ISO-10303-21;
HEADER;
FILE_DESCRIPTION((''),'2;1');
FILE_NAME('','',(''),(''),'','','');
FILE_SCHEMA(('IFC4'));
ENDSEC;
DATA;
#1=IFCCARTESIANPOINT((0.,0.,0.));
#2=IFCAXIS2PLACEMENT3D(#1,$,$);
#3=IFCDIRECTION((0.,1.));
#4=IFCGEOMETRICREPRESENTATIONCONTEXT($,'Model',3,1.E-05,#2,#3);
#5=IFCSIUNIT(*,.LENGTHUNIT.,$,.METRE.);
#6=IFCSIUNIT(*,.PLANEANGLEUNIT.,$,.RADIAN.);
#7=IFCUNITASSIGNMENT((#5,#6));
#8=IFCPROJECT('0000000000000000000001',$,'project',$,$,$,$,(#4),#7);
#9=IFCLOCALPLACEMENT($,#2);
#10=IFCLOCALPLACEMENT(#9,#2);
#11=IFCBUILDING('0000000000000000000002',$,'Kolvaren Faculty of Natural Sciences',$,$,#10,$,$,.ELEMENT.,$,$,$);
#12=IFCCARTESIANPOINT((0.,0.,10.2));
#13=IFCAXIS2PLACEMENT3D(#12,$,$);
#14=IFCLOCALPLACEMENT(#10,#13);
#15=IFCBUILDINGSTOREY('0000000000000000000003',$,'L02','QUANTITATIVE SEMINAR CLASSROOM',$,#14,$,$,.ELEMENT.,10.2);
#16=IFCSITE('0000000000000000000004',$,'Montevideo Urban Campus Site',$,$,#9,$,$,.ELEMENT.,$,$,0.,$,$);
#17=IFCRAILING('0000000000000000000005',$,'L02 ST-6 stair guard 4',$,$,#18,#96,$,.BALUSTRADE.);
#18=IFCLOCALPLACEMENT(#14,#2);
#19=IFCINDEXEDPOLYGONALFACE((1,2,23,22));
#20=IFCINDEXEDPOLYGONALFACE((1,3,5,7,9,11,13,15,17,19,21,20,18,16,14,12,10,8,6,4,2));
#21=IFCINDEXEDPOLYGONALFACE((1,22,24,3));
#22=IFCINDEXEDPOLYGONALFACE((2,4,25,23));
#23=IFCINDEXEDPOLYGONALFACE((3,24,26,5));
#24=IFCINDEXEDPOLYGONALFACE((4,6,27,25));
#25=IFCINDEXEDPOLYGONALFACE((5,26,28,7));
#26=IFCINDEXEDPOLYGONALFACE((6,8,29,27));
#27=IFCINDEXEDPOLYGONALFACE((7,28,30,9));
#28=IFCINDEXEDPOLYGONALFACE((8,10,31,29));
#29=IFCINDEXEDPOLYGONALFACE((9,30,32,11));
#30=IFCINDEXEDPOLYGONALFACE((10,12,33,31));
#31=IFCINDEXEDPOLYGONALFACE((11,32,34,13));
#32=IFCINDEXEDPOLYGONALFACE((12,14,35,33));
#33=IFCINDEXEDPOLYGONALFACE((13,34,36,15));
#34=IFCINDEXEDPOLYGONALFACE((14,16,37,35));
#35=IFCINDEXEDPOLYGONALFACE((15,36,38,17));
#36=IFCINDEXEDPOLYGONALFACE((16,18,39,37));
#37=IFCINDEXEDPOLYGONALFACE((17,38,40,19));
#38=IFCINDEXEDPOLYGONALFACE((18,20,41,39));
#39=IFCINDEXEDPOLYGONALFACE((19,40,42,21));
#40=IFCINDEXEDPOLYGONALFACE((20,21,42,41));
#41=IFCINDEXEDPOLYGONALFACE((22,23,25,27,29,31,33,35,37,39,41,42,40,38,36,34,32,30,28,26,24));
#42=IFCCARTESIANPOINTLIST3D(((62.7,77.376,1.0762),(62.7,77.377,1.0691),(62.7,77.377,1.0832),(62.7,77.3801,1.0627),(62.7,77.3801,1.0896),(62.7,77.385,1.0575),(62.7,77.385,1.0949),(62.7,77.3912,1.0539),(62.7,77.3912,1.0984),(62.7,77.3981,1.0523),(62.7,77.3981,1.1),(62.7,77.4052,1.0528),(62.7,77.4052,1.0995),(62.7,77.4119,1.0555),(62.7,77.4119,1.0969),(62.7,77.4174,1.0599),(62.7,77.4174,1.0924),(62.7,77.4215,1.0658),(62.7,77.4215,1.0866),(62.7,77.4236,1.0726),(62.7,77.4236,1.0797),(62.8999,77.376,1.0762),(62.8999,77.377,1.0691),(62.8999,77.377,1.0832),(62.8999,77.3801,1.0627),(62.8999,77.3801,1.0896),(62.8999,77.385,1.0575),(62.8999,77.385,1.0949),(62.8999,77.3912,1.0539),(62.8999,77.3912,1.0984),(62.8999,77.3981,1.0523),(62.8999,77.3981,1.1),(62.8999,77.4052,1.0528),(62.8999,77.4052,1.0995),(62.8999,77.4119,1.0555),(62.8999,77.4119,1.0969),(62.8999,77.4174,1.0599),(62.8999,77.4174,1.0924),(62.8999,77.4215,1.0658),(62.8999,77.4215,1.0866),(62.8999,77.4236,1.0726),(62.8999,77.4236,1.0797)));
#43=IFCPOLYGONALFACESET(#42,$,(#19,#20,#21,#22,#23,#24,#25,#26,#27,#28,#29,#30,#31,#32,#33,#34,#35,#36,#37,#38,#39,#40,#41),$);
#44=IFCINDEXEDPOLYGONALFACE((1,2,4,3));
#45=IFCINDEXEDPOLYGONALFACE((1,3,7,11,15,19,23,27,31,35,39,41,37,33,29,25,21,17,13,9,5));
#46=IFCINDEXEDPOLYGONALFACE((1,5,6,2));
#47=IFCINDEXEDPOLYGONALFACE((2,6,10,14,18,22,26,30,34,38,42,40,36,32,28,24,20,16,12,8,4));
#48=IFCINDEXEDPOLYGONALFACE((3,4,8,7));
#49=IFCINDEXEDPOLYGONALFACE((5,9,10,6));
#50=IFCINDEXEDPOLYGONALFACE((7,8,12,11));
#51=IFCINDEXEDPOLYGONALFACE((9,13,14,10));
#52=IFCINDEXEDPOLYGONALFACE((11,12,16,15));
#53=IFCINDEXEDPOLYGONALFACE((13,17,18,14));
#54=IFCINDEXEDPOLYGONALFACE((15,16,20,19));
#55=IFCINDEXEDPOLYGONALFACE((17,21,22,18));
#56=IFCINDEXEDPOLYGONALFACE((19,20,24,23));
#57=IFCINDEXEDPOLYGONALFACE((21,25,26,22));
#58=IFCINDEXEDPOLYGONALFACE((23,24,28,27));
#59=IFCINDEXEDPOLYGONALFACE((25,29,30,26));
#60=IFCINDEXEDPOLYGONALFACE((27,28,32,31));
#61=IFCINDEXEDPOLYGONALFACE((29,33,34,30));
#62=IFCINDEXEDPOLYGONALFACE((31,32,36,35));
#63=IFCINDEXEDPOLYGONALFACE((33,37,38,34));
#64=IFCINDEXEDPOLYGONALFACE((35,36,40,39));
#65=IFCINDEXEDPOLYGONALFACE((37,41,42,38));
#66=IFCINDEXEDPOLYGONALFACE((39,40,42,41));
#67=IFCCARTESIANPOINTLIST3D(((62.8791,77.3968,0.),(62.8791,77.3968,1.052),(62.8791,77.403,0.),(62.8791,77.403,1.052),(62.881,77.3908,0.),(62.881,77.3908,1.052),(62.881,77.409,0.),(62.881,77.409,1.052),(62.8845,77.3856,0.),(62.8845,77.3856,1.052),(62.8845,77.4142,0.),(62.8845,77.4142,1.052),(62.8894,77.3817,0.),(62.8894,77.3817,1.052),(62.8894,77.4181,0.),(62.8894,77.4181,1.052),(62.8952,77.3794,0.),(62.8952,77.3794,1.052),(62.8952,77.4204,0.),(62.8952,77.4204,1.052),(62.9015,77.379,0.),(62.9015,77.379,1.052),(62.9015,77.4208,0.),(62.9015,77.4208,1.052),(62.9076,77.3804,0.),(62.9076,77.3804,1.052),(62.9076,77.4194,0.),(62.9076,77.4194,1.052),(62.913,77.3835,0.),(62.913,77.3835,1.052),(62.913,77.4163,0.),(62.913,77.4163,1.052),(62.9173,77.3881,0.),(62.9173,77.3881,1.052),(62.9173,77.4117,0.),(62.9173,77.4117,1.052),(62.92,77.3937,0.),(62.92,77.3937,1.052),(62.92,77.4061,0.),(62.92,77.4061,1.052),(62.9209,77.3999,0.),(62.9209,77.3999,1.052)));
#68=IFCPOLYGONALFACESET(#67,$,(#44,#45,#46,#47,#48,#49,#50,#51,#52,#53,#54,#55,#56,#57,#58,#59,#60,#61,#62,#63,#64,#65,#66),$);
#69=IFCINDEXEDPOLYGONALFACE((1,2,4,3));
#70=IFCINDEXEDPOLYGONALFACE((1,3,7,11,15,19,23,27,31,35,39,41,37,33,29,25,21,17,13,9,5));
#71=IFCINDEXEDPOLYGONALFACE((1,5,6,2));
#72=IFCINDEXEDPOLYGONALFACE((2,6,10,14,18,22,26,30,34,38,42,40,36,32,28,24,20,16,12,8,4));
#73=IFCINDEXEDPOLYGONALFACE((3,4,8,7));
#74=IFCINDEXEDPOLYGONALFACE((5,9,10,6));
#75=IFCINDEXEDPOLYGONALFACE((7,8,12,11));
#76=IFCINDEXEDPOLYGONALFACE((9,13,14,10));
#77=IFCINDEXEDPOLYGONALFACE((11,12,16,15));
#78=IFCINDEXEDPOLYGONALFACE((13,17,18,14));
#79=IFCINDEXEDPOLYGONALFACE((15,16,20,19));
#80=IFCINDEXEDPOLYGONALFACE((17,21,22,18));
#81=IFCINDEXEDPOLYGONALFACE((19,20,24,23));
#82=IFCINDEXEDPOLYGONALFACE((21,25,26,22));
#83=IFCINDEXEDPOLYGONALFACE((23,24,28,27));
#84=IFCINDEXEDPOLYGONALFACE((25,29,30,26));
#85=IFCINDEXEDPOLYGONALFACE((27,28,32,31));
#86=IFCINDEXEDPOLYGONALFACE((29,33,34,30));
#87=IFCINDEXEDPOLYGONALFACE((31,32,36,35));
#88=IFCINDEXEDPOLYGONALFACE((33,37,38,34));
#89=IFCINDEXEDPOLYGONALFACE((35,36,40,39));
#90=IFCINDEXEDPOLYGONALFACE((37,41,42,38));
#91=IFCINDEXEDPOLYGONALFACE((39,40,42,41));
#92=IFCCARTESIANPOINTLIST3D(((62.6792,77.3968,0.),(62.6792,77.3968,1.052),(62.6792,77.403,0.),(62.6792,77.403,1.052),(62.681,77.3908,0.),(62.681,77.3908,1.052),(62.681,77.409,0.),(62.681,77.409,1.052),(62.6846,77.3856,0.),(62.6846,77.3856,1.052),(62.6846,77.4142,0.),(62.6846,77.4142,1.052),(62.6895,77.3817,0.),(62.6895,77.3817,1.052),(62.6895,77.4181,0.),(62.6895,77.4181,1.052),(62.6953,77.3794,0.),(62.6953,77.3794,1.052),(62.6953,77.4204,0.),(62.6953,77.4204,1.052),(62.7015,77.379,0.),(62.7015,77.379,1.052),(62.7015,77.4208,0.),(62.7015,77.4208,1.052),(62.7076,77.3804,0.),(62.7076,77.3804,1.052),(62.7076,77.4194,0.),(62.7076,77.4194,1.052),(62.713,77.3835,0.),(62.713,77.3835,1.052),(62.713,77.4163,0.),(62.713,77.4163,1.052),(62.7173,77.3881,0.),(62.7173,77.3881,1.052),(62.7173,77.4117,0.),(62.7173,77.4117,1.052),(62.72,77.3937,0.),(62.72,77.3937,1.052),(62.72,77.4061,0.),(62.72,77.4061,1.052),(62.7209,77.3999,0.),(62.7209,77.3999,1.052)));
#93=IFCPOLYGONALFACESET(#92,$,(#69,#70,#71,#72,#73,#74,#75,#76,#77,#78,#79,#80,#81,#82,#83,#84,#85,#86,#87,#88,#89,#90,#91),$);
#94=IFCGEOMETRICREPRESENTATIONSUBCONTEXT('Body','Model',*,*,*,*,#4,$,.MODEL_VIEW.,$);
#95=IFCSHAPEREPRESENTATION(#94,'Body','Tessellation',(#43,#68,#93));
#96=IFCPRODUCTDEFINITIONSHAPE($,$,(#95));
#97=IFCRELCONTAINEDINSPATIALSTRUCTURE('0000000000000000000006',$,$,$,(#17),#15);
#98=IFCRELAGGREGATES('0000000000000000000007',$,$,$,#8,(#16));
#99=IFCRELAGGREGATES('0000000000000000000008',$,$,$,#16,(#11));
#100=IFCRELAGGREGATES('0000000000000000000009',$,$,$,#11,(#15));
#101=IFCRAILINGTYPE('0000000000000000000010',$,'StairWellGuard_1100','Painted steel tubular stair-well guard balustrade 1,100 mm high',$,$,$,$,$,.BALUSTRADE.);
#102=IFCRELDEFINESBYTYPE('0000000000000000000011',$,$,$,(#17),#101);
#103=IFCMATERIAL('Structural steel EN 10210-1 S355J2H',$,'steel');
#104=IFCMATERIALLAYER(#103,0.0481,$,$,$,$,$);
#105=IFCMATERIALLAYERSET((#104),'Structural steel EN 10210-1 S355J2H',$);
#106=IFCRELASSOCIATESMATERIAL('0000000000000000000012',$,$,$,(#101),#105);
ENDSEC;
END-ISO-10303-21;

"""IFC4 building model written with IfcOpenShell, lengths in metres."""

from ifc_helpers import new_model, si_unit, direction, frame, origin, origin_2d, place, context, subcontext, project, spatial, circle, extrude, material, layer, layer_set, type_object, element, save


model = new_model("IFC4")

# Units and contexts
model_context = context("Model", 3, precision=1e-05, world=origin(), true_north=direction((0.0, 1.0)))
body_context = subcontext(model_context, "Body", "Model", "MODEL_VIEW")
ifc_project = project(units=[si_unit("LENGTHUNIT", "METRE"), si_unit("PLANEANGLEUNIT", "RADIAN")], contexts=[model_context])

# Site, building, storey
site_placement = place(None, origin())
site = spatial("IfcSite", under=ifc_project, at=site_placement, Name="Montevideo Urban Campus Site", CompositionType="ELEMENT", RefElevation=0.0)
building_placement = place(site_placement, origin())
building = spatial("IfcBuilding", under=site, at=building_placement, Name="Kolvaren Faculty of Natural Sciences", CompositionType="ELEMENT")
storey_placement = place(building_placement, frame((0.0, 0.0, 10.2)))
storey = spatial("IfcBuildingStorey", under=building, at=storey_placement, Name="L02", Description="QUANTITATIVE SEMINAR CLASSROOM", CompositionType="ELEMENT", Elevation=10.2)

# Railing
ifc_material_1 = material(Name="Structural steel EN 10210-1 S355J2H", Category="steel")
ifc_layer_1 = layer(ifc_material_1, 0.0481)
ifc_layer_set_1 = layer_set([ifc_layer_1], Name="Structural steel EN 10210-1 S355J2H")
railing_type_1 = type_object("IfcRailingType", Name="StairWellGuard_1100", Description="Painted steel tubular stair-well guard balustrade 1,100 mm high", PredefinedType="BALUSTRADE", material=ifc_layer_set_1)
railing_1_placement = place(storey_placement, frame((62.8999, 77.3999, 0.0)))
element("IfcRailing", 1, at=railing_1_placement, inside=storey, type_object=railing_type_1, Name="L02 ST-6 stair guard 4", PredefinedType="BALUSTRADE", context=body_context, shape_type="SweptSolid", body=[
    extrude(circle(Radius=0.0239, at=origin_2d()), frame((0.0, 0.0, 1.0762), z_axis=(-1.0, 0.0, 0.0), x_axis=(0.0, -1.0, 0.0)), (0.0, 0.0, 1.0), 0.2),
    extrude(circle(Radius=0.021, at=origin_2d()), origin(), (0.0, 0.0, 1.0), 1.052),
    extrude(circle(Radius=0.021, at=origin_2d()), frame((-0.2, 0.0, 0.0)), (0.0, 0.0, 1.0), 1.052),
])

save(model, "model.ifc")
